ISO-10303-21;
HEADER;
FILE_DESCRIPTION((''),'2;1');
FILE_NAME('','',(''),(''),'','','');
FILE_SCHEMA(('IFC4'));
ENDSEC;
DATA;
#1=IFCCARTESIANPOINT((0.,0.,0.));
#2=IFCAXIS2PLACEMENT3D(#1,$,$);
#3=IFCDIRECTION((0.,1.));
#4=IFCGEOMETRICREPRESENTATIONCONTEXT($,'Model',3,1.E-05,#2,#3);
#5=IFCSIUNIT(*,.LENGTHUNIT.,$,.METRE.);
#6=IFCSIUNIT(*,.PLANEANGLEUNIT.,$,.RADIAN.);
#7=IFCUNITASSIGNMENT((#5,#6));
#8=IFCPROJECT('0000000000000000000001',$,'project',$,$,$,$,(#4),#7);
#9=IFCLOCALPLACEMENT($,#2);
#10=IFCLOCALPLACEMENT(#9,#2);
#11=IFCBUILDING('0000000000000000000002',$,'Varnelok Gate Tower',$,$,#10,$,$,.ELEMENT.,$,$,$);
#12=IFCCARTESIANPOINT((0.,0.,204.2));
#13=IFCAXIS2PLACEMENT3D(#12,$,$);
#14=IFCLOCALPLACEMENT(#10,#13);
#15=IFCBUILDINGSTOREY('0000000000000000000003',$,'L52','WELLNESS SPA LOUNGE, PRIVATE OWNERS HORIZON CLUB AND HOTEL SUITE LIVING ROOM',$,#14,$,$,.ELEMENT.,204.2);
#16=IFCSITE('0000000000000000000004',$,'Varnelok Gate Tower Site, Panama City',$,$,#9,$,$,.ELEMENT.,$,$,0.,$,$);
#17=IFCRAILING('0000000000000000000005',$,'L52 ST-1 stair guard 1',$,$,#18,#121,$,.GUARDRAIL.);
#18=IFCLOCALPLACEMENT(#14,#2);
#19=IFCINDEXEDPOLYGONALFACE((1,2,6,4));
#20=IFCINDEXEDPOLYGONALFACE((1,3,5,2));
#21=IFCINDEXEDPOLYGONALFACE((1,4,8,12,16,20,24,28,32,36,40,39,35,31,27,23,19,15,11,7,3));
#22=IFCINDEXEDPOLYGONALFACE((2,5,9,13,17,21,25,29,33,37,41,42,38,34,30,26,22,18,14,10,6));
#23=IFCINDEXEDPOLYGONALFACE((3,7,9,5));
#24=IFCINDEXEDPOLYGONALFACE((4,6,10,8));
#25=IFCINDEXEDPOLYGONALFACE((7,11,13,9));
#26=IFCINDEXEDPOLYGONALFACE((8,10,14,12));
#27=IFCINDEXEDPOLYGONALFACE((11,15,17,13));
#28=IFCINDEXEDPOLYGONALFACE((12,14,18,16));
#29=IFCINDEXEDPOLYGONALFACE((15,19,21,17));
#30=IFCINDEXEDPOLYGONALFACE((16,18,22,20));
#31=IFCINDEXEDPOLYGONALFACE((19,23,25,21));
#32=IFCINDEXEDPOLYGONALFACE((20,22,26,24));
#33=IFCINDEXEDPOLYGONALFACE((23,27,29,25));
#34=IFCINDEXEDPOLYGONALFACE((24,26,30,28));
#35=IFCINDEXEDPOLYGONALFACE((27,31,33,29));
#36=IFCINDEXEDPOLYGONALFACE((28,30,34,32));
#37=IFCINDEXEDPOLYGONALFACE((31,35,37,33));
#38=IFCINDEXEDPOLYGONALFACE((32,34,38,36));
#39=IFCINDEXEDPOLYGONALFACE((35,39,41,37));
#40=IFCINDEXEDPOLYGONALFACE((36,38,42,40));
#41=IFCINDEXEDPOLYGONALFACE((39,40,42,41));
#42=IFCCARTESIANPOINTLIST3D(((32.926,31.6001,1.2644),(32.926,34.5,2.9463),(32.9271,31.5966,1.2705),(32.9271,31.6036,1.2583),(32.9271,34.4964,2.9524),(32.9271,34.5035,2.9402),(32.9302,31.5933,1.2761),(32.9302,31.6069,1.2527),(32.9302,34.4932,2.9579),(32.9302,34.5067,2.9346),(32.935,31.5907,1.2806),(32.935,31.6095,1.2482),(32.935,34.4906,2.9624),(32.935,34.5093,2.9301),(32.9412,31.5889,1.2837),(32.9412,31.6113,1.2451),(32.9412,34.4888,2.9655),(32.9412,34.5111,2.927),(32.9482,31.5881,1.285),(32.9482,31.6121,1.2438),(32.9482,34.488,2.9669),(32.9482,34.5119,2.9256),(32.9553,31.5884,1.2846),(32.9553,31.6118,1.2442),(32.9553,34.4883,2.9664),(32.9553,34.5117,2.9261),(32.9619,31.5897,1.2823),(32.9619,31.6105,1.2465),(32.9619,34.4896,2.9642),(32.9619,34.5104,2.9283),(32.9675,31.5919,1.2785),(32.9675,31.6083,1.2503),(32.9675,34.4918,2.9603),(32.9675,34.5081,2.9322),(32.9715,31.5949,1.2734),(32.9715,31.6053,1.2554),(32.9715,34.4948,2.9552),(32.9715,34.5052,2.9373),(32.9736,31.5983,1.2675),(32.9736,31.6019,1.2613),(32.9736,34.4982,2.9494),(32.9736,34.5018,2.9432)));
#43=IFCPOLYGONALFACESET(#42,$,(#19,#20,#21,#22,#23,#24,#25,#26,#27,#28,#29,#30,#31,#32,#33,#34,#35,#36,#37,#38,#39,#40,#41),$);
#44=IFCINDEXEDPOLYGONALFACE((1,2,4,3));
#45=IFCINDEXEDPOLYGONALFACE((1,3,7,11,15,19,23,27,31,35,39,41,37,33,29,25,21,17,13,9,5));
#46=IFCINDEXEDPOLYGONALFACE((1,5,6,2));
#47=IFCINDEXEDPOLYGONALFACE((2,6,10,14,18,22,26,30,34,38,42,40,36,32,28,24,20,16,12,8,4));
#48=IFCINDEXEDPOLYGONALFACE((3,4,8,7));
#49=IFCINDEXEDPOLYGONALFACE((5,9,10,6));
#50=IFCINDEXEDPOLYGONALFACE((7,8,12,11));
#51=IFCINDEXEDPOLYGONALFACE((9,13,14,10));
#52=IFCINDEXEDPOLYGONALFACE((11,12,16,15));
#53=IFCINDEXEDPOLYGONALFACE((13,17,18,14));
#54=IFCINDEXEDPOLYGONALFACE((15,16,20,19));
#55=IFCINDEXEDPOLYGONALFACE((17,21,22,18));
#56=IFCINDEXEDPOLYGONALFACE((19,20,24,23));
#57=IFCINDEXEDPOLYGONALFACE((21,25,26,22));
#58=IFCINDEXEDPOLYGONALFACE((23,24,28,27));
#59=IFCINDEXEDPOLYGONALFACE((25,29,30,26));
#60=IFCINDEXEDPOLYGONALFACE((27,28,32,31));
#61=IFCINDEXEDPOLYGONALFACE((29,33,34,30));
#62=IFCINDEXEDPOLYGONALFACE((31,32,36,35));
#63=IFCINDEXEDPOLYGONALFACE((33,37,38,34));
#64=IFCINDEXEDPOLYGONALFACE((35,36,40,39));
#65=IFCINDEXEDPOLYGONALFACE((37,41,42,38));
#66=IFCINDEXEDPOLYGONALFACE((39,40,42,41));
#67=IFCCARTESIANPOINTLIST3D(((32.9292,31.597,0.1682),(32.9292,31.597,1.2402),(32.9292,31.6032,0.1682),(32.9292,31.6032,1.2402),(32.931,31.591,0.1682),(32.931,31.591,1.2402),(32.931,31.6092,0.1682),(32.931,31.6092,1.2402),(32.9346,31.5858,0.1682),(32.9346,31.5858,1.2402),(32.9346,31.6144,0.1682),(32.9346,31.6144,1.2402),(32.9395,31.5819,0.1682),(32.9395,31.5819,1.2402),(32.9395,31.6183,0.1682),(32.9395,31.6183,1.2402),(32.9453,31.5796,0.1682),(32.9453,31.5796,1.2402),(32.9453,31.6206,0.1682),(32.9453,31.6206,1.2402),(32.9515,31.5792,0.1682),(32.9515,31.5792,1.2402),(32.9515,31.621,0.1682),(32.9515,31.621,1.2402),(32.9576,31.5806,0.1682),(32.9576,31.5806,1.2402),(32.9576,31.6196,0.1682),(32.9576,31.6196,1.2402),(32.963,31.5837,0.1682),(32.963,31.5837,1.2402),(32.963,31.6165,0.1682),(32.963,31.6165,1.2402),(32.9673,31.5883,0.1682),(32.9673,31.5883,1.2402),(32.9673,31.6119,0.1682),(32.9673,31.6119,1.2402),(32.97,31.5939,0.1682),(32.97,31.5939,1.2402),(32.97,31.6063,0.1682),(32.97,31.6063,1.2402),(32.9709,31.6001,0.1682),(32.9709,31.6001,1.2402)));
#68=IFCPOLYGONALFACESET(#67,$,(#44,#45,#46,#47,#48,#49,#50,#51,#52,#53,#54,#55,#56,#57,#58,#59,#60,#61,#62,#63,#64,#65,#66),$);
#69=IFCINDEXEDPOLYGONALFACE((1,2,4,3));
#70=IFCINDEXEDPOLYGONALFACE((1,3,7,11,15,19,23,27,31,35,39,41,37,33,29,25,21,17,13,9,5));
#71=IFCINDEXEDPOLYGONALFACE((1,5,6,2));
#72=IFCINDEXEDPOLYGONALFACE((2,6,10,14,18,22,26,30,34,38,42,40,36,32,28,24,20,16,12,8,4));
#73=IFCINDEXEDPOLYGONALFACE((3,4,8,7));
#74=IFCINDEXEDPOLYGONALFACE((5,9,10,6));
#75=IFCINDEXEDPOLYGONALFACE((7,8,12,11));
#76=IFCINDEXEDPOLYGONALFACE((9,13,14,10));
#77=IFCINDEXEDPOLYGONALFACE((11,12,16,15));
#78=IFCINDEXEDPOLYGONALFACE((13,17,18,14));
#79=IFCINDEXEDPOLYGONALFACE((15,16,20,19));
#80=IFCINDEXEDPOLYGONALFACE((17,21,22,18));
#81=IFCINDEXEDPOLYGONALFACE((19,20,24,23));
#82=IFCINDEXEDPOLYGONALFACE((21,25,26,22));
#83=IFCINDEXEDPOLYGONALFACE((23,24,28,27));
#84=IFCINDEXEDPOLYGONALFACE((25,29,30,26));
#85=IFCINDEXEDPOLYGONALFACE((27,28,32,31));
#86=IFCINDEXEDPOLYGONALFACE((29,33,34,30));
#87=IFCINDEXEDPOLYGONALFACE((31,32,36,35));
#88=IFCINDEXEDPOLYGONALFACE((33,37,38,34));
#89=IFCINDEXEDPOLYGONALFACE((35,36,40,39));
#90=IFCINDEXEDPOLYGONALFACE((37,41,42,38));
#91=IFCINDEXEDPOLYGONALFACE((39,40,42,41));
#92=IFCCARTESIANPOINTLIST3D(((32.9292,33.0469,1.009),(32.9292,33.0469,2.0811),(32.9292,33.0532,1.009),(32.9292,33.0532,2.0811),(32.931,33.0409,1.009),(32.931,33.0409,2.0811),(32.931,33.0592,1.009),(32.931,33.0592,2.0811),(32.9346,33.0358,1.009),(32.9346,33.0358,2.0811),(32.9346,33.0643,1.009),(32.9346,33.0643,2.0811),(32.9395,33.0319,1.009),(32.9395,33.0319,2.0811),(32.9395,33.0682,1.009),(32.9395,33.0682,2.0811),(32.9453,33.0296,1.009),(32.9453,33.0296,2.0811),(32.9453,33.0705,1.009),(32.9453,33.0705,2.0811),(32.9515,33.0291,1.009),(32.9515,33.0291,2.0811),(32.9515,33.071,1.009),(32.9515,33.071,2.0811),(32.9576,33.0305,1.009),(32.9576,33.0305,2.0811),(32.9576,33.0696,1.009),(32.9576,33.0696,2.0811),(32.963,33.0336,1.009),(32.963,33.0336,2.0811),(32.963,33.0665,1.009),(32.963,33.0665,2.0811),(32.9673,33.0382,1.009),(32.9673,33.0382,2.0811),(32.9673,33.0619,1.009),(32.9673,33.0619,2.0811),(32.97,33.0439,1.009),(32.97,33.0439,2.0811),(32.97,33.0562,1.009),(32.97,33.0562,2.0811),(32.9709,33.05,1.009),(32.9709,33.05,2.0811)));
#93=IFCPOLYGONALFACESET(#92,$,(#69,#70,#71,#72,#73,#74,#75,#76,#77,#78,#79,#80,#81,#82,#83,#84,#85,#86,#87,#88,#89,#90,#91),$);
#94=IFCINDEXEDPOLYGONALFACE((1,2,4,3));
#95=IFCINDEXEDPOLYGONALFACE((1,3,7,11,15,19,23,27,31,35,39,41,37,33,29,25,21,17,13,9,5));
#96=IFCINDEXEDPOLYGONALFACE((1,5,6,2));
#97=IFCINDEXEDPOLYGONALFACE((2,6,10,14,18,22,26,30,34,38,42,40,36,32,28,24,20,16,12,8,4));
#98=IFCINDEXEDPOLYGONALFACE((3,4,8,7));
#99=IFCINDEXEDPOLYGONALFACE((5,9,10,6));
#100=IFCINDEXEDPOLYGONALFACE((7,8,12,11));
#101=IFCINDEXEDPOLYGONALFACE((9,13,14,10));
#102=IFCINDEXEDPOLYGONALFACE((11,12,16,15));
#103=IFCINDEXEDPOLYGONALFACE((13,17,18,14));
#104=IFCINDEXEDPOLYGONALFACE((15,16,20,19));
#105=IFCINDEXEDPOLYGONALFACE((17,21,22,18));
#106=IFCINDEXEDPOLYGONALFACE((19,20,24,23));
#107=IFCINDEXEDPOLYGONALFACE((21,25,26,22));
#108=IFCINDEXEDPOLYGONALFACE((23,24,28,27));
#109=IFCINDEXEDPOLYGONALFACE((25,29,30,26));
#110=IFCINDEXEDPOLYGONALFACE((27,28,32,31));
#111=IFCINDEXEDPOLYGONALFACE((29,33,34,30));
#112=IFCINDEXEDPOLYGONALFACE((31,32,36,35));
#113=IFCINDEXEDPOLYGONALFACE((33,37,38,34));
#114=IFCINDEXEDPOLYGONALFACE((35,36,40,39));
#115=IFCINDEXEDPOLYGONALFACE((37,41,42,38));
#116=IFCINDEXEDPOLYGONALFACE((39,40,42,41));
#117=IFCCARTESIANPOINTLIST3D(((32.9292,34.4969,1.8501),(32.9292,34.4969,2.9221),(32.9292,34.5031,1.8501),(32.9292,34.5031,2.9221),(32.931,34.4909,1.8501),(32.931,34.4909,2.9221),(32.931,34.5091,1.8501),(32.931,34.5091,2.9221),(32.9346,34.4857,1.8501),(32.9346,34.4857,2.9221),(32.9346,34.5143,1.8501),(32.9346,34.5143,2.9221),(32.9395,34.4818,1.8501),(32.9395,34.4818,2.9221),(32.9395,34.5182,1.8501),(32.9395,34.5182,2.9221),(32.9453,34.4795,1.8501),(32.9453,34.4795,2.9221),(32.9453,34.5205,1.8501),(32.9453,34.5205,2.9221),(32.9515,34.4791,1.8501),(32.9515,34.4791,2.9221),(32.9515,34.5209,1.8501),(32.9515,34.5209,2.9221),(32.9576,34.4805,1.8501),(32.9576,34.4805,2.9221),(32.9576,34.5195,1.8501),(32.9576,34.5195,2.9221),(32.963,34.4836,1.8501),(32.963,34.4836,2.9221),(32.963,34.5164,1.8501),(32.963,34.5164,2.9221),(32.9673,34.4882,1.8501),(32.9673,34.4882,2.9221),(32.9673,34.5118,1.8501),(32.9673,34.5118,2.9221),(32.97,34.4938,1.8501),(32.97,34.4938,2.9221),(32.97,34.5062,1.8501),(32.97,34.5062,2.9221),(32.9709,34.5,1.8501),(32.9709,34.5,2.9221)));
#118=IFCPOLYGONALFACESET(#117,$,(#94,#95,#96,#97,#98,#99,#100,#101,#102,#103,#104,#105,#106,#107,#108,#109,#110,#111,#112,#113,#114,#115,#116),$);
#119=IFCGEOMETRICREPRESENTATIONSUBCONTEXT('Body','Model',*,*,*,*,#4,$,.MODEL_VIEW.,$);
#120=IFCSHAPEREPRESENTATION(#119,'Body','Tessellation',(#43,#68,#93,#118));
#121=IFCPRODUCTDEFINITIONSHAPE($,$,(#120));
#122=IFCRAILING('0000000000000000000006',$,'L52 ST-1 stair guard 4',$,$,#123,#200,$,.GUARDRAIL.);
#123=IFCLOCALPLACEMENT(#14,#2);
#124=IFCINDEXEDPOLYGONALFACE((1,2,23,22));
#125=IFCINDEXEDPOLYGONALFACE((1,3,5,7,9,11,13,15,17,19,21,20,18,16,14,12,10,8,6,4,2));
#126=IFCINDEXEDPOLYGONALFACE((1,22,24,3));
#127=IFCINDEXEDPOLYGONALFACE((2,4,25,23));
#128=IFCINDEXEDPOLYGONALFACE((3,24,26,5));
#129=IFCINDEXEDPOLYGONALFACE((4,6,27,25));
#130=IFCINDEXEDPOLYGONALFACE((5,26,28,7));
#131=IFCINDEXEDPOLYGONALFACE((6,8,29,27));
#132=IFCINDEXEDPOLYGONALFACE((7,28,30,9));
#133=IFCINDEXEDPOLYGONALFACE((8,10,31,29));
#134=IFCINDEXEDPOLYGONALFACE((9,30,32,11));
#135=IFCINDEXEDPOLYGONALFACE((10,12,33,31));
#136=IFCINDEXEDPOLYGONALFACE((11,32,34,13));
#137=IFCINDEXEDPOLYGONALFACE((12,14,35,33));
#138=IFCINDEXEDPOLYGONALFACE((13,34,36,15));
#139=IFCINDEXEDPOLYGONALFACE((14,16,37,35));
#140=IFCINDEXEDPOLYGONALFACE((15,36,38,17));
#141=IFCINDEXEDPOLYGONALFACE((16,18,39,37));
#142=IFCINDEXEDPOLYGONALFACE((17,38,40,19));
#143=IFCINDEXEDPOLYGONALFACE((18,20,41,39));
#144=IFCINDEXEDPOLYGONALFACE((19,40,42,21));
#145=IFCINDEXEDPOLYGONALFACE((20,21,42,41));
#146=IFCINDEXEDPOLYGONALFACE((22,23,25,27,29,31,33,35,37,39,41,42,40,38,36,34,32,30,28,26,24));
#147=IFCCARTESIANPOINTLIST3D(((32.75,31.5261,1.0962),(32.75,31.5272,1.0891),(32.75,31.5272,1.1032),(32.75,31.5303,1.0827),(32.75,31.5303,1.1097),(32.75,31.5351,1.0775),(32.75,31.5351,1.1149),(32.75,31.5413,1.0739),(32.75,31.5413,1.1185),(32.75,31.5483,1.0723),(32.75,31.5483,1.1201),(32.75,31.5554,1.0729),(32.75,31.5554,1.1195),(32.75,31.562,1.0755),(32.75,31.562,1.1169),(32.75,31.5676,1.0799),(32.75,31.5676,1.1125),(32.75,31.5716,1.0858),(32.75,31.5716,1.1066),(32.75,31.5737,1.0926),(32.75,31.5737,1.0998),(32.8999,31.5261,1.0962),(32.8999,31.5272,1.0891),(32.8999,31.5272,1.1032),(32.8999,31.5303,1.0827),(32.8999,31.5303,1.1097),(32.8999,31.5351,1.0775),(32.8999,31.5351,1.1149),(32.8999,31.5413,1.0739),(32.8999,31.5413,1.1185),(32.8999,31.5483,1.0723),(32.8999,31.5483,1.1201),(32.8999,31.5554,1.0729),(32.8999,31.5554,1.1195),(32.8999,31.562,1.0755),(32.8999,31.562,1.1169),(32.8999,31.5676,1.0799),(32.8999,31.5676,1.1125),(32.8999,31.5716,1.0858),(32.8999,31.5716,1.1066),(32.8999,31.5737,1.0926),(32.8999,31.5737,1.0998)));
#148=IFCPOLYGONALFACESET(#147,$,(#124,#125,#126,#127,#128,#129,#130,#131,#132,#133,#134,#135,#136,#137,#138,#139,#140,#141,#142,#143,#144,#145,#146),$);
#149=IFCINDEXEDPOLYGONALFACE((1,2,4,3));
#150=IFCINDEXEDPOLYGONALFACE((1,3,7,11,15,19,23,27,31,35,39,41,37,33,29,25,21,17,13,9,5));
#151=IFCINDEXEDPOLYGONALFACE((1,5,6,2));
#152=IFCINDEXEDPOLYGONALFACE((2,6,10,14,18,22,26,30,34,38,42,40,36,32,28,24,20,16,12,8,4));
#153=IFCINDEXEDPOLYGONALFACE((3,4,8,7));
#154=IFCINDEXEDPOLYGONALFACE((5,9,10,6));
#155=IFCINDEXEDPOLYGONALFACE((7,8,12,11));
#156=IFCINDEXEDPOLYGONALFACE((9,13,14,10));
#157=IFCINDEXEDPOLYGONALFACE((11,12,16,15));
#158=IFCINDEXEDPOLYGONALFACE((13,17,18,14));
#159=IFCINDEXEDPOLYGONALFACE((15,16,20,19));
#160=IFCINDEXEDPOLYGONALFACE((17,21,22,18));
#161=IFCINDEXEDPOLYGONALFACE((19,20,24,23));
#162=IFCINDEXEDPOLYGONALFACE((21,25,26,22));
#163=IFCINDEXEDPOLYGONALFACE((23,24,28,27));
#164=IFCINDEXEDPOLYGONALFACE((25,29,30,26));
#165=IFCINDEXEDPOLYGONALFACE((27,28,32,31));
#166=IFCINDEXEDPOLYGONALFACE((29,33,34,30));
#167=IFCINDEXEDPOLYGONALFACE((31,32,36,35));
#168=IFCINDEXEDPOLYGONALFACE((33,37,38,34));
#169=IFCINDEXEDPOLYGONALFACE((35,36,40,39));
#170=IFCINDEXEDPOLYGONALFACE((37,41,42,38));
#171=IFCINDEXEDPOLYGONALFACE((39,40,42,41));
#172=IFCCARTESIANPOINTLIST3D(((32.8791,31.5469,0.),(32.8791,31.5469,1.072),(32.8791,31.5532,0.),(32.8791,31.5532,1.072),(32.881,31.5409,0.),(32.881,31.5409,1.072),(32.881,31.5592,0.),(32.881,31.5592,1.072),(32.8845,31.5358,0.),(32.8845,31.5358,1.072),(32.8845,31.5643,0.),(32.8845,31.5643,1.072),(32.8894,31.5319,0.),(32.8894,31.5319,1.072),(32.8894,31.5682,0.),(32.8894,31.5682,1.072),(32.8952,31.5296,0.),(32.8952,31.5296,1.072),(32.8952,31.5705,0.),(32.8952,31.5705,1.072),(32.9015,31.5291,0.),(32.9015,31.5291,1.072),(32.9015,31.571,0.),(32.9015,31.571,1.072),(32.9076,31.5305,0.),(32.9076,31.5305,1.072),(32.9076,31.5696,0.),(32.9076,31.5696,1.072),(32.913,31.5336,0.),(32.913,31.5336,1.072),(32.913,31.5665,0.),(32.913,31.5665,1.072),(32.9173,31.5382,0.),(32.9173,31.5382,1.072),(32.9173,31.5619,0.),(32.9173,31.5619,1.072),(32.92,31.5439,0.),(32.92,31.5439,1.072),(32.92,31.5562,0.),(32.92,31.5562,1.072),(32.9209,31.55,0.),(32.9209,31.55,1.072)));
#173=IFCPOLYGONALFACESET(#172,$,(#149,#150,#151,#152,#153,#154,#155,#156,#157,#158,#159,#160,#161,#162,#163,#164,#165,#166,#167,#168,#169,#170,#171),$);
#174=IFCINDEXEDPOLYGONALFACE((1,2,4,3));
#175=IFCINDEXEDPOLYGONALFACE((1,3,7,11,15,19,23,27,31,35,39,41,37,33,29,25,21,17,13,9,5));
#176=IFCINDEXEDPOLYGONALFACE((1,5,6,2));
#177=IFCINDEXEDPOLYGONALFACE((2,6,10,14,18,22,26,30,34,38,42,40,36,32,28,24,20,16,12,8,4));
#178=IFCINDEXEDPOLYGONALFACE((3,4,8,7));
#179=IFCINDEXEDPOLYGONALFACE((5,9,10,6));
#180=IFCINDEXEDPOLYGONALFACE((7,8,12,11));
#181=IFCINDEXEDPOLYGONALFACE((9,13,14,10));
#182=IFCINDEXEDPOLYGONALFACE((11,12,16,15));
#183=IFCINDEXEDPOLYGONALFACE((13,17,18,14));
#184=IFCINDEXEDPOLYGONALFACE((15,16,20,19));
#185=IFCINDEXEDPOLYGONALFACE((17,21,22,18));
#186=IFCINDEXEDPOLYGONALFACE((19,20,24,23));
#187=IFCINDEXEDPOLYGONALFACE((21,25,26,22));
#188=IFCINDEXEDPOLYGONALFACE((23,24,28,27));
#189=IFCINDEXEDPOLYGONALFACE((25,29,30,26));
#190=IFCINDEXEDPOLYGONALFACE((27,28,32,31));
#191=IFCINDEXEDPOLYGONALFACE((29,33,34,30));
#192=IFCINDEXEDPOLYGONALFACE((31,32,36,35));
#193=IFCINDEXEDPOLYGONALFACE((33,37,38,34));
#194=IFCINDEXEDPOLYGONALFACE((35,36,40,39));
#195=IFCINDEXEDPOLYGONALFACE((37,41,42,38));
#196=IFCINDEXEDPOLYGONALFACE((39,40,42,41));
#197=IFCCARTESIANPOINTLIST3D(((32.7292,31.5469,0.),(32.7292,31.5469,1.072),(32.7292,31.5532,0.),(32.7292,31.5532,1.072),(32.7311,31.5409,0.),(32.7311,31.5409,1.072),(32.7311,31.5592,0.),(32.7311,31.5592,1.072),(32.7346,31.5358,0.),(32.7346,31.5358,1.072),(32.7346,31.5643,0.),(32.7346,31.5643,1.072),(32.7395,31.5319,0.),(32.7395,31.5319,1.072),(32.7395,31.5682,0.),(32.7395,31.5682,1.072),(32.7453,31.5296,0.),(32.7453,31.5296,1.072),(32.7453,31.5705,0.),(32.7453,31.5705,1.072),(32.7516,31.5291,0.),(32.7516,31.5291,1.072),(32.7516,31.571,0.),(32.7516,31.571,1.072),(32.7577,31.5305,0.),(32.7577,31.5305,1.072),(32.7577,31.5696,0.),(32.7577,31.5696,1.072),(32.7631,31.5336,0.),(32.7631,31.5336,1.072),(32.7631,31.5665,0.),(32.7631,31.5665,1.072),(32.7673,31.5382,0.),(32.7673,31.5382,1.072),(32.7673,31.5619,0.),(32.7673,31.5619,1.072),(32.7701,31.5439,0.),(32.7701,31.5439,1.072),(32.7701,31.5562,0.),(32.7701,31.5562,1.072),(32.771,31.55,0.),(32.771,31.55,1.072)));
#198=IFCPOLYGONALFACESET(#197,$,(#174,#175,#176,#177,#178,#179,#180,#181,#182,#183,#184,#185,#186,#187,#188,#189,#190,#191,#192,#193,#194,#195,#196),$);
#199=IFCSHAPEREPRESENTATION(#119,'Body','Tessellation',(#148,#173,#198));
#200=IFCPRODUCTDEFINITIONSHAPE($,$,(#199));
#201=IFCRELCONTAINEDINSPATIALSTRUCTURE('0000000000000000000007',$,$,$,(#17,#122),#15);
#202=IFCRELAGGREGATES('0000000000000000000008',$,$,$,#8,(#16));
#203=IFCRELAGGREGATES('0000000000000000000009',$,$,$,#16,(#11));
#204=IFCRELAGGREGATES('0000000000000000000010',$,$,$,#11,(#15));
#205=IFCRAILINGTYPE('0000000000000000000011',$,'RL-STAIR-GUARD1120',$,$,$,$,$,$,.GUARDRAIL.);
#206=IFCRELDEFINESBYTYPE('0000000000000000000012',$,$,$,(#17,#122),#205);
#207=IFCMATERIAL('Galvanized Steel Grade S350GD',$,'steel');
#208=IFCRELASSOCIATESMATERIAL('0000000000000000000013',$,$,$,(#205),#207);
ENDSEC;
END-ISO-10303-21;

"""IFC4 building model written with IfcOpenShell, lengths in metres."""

from ifc_helpers import new_model, si_unit, direction, frame, origin, origin_2d, place, context, subcontext, project, spatial, circle, extrude, material, type_object, element, save


model = new_model("IFC4")

# Units and contexts
model_context = context("Model", 3, precision=1e-05, world=origin(), true_north=direction((0.0, 1.0)))
body_context = subcontext(model_context, "Body", "Model", "MODEL_VIEW")
ifc_project = project(units=[si_unit("LENGTHUNIT", "METRE"), si_unit("PLANEANGLEUNIT", "RADIAN")], contexts=[model_context])

# Site, building, storey
site_placement = place(None, origin())
site = spatial("IfcSite", under=ifc_project, at=site_placement, Name="Varnelok Gate Tower Site, Panama City", CompositionType="ELEMENT", RefElevation=0.0)
building_placement = place(site_placement, origin())
building = spatial("IfcBuilding", under=site, at=building_placement, Name="Varnelok Gate Tower", CompositionType="ELEMENT")
storey_placement = place(building_placement, frame((0.0, 0.0, 204.2)))
storey = spatial("IfcBuildingStorey", under=building, at=storey_placement, Name="L52", Description="WELLNESS SPA LOUNGE, PRIVATE OWNERS HORIZON CLUB AND HOTEL SUITE LIVING ROOM", CompositionType="ELEMENT", Elevation=204.2)

# Shared definitions
ifc_material_1 = material(Name="Galvanized Steel Grade S350GD", Category="steel")

# Railings
railing_type_1 = type_object("IfcRailingType", Name="RL-STAIR-GUARD1120", PredefinedType="GUARDRAIL", material=ifc_material_1)
railing_1_placement = place(storey_placement, frame((32.95, 31.6001, 0.1682)))
element("IfcRailing", 1, at=railing_1_placement, inside=storey, type_object=railing_type_1, Name="L52 ST-1 stair guard 1", PredefinedType="GUARDRAIL", context=body_context, shape_type="SweptSolid", body=[
    extrude(circle(Radius=0.0239, at=origin_2d()), frame((0.0, 0.0, 1.0962), z_axis=(0.0, 0.865039, 0.501705), x_axis=(-1.0, 0.0, 0.0)), (0.0, 0.0, 1.0), 3.3523),
    extrude(circle(Radius=0.021, at=origin_2d()), origin(), (0.0, 0.0, 1.0), 1.072),
    extrude(circle(Radius=0.021, at=origin_2d()), frame((0.0, 1.45, 0.8408)), (0.0, 0.0, 1.0), 1.072),
    extrude(circle(Radius=0.021, at=origin_2d()), frame((0.0, 2.8999, 1.6819)), (0.0, 0.0, 1.0), 1.072),
])
railing_2_placement = place(storey_placement, frame((32.8999, 31.55, 0.0)))
element("IfcRailing", 2, at=railing_2_placement, inside=storey, type_object=railing_type_1, Name="L52 ST-1 stair guard 4", PredefinedType="GUARDRAIL", context=body_context, shape_type="SweptSolid", body=[
    extrude(circle(Radius=0.0239, at=origin_2d()), frame((0.0, 0.0, 1.0962), z_axis=(-1.0, 0.0, 0.0), x_axis=(0.0, -1.0, 0.0)), (0.0, 0.0, 1.0), 0.1499),
    extrude(circle(Radius=0.021, at=origin_2d()), origin(), (0.0, 0.0, 1.0), 1.072),
    extrude(circle(Radius=0.021, at=origin_2d()), frame((-0.1499, 0.0, 0.0)), (0.0, 0.0, 1.0), 1.072),
])

save(model, "model.ifc")
